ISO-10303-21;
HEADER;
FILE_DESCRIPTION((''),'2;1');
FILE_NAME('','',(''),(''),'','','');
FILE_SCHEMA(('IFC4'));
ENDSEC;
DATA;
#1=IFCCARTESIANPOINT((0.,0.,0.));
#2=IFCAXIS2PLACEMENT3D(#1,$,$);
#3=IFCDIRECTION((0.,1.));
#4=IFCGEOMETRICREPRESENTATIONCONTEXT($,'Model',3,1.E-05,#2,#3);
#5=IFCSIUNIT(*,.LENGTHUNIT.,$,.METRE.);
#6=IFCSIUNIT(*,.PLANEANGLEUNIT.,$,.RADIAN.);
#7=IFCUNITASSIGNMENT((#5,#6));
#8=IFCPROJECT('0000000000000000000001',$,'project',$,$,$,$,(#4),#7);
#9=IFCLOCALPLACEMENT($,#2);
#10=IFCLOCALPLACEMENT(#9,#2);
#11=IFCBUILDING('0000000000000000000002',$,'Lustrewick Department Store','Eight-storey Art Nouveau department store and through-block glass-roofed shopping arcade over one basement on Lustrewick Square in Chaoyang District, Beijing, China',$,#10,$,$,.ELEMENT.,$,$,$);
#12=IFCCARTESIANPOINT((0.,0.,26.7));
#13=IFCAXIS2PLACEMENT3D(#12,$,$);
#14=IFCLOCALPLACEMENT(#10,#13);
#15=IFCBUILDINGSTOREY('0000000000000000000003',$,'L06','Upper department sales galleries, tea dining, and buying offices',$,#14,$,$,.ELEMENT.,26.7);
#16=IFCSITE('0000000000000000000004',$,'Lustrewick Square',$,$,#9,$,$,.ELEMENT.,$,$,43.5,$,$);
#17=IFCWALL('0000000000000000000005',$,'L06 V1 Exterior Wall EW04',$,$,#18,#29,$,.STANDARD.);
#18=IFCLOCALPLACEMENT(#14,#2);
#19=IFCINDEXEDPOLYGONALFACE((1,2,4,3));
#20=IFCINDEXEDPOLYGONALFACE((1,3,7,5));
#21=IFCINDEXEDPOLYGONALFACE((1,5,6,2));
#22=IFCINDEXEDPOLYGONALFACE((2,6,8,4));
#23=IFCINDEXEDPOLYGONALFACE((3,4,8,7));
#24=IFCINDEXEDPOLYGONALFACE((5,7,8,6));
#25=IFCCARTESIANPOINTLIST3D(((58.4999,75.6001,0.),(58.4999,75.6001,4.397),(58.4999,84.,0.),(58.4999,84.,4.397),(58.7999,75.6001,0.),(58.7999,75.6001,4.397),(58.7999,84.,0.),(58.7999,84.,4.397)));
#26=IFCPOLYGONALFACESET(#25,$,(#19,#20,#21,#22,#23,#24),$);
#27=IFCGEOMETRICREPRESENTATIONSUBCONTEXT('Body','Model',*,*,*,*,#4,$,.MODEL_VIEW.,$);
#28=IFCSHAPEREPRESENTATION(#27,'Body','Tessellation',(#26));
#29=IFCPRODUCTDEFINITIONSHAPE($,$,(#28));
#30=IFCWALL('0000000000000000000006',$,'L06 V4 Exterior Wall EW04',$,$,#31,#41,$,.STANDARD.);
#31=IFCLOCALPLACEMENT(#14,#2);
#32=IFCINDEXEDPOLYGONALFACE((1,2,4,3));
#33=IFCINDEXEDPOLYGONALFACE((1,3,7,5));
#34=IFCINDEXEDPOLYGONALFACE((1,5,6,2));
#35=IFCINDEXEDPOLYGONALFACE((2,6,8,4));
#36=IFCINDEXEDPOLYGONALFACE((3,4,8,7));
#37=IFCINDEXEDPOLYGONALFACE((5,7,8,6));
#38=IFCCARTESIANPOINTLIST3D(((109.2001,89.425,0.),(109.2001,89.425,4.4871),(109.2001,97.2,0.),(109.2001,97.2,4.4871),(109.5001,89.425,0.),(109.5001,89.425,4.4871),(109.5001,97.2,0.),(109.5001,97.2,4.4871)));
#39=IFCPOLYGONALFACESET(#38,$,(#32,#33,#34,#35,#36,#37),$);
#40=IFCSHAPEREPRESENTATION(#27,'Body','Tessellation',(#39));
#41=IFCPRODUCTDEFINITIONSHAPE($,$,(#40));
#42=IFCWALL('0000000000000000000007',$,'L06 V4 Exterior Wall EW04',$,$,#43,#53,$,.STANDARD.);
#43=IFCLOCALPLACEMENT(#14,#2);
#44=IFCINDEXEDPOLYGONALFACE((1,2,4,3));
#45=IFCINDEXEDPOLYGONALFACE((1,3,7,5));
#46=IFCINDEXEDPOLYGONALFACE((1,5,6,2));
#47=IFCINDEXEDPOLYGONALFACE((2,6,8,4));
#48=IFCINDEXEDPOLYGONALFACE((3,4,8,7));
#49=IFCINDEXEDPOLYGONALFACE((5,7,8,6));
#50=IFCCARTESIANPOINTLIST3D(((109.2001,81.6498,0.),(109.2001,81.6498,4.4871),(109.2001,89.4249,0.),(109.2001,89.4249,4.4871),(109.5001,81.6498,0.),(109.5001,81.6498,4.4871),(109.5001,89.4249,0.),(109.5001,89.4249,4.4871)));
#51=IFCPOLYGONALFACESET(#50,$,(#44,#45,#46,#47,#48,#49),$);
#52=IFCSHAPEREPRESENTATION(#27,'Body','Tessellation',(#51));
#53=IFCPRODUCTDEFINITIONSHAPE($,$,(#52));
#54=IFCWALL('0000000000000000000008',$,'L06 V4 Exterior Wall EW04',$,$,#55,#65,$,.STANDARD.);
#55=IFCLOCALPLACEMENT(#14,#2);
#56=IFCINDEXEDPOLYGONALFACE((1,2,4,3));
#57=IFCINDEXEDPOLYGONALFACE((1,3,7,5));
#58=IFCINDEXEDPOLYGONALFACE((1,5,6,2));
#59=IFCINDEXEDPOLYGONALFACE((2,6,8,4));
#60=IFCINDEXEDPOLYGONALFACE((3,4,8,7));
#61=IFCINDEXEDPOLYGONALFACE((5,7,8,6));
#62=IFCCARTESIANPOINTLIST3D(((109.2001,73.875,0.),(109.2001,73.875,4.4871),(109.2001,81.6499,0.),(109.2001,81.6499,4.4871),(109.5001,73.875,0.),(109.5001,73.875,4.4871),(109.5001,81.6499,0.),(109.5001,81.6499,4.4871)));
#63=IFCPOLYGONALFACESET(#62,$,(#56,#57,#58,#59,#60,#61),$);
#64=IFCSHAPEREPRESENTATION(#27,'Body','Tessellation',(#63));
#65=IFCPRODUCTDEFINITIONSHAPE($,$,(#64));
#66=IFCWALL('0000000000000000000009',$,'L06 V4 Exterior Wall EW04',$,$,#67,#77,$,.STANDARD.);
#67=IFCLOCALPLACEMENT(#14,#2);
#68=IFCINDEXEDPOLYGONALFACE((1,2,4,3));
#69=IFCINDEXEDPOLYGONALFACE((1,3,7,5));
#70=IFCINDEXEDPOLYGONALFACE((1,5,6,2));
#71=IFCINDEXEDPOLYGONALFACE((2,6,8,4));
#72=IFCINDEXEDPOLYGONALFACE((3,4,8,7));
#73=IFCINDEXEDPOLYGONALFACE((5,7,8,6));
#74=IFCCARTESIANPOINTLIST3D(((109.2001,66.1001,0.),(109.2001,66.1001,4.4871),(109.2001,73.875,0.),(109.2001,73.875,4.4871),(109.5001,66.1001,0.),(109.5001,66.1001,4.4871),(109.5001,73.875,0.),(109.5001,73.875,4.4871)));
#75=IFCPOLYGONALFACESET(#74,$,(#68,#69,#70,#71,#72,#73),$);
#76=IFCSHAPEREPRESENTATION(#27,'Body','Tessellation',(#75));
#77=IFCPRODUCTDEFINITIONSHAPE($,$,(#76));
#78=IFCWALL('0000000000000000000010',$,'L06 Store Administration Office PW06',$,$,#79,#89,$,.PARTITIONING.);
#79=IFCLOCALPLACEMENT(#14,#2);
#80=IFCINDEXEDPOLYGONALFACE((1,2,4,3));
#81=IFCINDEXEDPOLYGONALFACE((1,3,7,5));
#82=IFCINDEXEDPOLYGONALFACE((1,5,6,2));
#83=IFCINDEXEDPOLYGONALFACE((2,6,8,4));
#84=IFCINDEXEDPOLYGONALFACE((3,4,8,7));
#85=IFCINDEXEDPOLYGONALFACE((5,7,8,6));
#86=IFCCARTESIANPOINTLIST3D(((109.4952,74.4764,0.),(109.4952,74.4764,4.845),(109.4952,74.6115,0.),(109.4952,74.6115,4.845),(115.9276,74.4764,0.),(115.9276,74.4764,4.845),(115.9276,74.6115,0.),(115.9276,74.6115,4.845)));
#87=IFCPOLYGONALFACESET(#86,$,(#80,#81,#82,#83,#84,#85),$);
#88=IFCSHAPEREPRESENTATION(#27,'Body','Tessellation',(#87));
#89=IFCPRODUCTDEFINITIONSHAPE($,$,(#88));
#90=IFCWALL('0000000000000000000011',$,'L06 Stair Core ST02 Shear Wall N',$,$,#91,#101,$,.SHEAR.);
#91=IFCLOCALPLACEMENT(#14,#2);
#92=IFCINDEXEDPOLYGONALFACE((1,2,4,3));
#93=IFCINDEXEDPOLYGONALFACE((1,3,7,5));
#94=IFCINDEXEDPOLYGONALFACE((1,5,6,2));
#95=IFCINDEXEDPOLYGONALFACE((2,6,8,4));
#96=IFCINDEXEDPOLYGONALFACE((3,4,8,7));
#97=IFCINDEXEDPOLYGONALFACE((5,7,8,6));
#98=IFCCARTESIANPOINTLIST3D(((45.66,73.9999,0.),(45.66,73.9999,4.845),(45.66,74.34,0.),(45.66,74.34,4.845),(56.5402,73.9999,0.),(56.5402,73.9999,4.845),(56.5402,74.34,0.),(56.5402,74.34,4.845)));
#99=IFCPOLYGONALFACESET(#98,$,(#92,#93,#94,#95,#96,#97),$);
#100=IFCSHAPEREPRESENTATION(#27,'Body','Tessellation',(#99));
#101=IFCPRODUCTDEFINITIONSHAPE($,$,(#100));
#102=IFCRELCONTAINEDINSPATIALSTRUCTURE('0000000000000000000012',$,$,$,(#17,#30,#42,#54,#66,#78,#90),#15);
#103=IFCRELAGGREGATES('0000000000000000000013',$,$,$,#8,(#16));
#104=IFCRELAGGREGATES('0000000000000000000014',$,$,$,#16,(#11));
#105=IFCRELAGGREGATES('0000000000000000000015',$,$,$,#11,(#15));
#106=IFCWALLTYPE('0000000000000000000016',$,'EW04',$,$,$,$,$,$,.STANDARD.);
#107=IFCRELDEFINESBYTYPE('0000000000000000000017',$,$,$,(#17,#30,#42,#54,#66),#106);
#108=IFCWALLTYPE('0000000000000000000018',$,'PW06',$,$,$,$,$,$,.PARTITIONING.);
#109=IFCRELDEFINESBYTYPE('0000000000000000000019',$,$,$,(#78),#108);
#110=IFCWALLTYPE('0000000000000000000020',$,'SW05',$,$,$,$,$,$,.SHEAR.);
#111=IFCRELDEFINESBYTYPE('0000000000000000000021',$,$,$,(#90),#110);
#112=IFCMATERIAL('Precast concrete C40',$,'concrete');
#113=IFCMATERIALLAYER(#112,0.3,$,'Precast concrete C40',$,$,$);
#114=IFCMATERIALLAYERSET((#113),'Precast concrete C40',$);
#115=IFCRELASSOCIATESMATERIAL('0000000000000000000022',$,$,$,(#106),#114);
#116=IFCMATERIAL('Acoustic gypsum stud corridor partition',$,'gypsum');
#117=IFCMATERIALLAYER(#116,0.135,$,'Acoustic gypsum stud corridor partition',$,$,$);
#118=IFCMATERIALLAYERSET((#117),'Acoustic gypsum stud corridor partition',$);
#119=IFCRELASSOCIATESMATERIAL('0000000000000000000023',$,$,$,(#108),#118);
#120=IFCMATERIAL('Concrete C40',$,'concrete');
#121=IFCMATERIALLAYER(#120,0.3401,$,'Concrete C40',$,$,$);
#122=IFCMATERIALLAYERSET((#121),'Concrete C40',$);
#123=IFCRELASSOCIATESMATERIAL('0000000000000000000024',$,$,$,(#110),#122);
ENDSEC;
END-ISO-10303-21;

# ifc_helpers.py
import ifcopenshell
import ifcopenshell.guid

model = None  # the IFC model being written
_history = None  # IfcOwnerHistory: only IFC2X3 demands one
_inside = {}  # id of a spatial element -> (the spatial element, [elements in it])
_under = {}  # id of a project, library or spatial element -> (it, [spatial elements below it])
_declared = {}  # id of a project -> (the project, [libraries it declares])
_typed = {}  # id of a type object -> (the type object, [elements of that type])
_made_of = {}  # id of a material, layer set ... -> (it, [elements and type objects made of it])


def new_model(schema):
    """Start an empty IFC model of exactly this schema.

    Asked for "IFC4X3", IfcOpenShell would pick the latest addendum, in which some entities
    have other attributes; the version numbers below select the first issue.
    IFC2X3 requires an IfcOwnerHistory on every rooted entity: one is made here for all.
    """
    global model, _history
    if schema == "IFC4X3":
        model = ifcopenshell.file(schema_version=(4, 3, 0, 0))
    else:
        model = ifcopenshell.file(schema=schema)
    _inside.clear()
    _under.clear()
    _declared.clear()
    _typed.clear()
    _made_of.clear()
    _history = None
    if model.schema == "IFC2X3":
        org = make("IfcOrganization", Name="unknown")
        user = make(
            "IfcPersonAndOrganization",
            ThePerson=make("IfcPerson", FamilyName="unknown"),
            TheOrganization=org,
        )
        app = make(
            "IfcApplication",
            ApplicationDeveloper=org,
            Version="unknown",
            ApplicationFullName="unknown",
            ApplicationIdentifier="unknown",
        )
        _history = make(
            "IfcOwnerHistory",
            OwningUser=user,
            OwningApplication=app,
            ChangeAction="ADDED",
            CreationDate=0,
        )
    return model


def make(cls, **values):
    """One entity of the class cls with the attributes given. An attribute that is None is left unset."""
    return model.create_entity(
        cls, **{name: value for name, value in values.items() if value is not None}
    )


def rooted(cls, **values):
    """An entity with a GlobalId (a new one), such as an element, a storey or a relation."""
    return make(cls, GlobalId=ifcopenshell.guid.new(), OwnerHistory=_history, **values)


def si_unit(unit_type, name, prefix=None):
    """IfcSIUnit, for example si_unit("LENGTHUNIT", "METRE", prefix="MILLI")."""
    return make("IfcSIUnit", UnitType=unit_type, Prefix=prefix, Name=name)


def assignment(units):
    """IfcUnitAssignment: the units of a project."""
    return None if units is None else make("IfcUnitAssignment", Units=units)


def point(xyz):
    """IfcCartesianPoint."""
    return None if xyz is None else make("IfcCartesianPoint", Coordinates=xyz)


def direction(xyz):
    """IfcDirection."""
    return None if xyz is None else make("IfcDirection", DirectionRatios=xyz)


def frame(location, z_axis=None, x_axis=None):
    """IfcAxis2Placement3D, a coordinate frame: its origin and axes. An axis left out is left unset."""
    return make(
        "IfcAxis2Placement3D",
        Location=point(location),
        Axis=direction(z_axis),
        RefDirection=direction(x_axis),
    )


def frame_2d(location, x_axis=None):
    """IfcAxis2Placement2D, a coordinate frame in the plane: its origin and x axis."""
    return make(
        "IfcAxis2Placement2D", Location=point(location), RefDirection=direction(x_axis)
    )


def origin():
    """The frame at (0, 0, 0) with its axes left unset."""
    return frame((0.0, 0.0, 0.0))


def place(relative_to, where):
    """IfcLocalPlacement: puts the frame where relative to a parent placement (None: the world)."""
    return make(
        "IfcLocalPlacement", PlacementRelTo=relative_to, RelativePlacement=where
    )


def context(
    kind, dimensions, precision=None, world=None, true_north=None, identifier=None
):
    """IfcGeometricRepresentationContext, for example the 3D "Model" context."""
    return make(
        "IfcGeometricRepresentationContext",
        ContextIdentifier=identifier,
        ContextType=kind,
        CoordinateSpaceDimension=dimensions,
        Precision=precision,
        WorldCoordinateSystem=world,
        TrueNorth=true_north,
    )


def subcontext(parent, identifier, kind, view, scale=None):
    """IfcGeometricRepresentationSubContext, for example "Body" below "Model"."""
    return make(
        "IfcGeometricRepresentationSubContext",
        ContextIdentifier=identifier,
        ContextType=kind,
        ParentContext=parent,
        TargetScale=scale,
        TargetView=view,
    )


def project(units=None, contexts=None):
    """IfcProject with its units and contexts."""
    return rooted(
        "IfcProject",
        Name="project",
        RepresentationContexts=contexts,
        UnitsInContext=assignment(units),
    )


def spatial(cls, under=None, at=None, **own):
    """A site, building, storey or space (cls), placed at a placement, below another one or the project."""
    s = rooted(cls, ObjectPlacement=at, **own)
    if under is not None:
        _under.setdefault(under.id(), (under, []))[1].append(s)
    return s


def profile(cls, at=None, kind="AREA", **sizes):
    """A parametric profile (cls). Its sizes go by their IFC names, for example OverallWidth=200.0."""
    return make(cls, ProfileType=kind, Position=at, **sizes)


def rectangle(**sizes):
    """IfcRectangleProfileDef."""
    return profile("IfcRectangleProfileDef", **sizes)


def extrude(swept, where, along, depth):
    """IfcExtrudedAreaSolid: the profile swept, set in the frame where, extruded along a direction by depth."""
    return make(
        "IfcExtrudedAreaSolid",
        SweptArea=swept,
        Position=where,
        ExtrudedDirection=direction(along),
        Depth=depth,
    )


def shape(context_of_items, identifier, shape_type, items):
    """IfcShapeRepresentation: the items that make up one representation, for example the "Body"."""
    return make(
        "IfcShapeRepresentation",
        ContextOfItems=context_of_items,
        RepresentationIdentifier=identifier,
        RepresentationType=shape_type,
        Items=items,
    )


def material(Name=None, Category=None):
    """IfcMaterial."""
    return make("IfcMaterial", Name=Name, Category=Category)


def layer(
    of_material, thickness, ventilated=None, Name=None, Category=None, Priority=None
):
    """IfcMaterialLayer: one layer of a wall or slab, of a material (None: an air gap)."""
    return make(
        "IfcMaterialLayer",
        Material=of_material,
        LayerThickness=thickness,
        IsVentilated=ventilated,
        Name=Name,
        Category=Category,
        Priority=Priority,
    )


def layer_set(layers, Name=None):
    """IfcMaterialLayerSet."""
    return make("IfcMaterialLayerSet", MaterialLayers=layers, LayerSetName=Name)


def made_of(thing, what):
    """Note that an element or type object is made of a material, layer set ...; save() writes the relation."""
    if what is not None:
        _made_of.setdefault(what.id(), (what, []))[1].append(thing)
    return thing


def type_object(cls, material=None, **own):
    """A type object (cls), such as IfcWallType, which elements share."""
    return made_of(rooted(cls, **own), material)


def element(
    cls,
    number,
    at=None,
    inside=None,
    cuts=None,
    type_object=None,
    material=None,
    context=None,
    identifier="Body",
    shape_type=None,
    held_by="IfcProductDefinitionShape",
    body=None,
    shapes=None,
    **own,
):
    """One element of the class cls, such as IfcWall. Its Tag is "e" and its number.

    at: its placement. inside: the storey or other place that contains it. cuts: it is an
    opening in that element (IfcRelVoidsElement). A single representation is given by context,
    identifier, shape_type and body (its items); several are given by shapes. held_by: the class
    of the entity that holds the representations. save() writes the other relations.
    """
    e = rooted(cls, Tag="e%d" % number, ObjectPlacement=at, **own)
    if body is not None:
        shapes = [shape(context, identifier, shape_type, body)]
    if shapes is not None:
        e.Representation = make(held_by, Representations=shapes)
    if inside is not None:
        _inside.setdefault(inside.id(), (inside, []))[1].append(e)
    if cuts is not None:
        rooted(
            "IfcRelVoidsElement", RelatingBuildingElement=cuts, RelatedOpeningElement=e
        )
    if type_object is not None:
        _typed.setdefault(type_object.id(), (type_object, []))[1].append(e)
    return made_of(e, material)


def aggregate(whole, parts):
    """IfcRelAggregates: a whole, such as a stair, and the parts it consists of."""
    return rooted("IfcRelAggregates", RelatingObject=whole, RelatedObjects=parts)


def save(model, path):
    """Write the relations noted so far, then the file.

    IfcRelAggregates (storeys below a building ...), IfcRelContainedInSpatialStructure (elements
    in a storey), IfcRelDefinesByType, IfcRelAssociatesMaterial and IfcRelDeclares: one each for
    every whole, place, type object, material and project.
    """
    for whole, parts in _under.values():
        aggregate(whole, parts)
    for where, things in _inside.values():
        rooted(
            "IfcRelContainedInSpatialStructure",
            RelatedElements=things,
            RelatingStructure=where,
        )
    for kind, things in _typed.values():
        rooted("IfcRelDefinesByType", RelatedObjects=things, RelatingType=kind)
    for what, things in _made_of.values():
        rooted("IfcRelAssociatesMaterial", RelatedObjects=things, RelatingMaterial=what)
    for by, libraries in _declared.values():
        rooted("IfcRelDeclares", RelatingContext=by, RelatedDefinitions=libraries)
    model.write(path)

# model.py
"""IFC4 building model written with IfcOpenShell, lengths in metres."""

from ifc_helpers import new_model, si_unit, direction, frame, frame_2d, origin, place, context, subcontext, project, spatial, rectangle, extrude, material, layer, layer_set, type_object, element, save


model = new_model("IFC4")

# Units and contexts
model_context = context("Model", 3, precision=1e-05, world=origin(), true_north=direction((0.0, 1.0)))
body_context = subcontext(model_context, "Body", "Model", "MODEL_VIEW")
ifc_project = project(units=[si_unit("LENGTHUNIT", "METRE"), si_unit("PLANEANGLEUNIT", "RADIAN")], contexts=[model_context])

# Site, building, storey
site_placement = place(None, origin())
site = spatial("IfcSite", under=ifc_project, at=site_placement, Name="Lustrewick Square", CompositionType="ELEMENT", RefElevation=43.5)
building_placement = place(site_placement, origin())
building = spatial("IfcBuilding", under=site, at=building_placement, Name="Lustrewick Department Store", Description="Eight-storey Art Nouveau department store and through-block glass-roofed shopping arcade over one basement on Lustrewick Square in Chaoyang District, Beijing, China", CompositionType="ELEMENT")
storey_placement = place(building_placement, frame((0.0, 0.0, 26.7)))
storey = spatial("IfcBuildingStorey", under=building, at=storey_placement, Name="L06", Description="Upper department sales galleries, tea dining, and buying offices", CompositionType="ELEMENT", Elevation=26.7)

# Shared definitions
ifc_material_1 = material(Name="Precast concrete C40", Category="concrete")

# Walls
ifc_layer_1 = layer(ifc_material_1, 0.3, Name="Precast concrete C40")
ifc_layer_set_1 = layer_set([ifc_layer_1], Name="Precast concrete C40")
wall_type_1 = type_object("IfcWallType", Name="EW04", PredefinedType="STANDARD", material=ifc_layer_set_1)
wall_1_placement = place(storey_placement, frame((58.6499, 75.6001, 0.0), z_axis=(0.0, 0.0, 1.0), x_axis=(0.0, 1.0, 0.0)))
element("IfcWall", 1, at=wall_1_placement, inside=storey, type_object=wall_type_1, Name="L06 V1 Exterior Wall EW04", PredefinedType="STANDARD", context=body_context, shape_type="SweptSolid", body=[
    extrude(rectangle(XDim=8.3999, YDim=0.3, at=frame_2d((4.2, 0.0))), origin(), (0.0, 0.0, 1.0), 4.397),
])
wall_2_placement = place(storey_placement, frame((109.3501, 97.2, 0.0), z_axis=(0.0, 0.0, 1.0), x_axis=(0.0, -1.0, 0.0)))
element("IfcWall", 2, at=wall_2_placement, inside=storey, type_object=wall_type_1, Name="L06 V4 Exterior Wall EW04", PredefinedType="STANDARD", context=body_context, shape_type="SweptSolid", body=[
    extrude(rectangle(XDim=7.7749, YDim=0.3, at=frame_2d((3.8875, 0.0))), origin(), (0.0, 0.0, 1.0), 4.4871),
])
wall_3_placement = place(storey_placement, frame((109.3501, 89.425, 0.0), z_axis=(0.0, 0.0, 1.0), x_axis=(0.0, -1.0, 0.0)))
element("IfcWall", 3, at=wall_3_placement, inside=storey, type_object=wall_type_1, Name="L06 V4 Exterior Wall EW04", PredefinedType="STANDARD", context=body_context, shape_type="SweptSolid", body=[
    extrude(rectangle(XDim=7.7751, YDim=0.3, at=frame_2d((3.8877, 0.0))), origin(), (0.0, 0.0, 1.0), 4.4871),
])
for number, where, z_axis, x_axis, name in (
    (4, (109.3501, 81.6499, 0.0), (0.0, 0.0, 1.0), (0.0, -1.0, 0.0), "L06 V4 Exterior Wall EW04"),
    (5, (109.3501, 73.875, 0.0), (0.0, 0.0, 1.0), (0.0, -1.0, 0.0), "L06 V4 Exterior Wall EW04"),
):
    element("IfcWall", number, at=place(storey_placement, frame(where, z_axis=z_axis, x_axis=x_axis)), inside=storey, type_object=wall_type_1, Name=name, PredefinedType="STANDARD", context=body_context, shape_type="SweptSolid", body=[
        extrude(rectangle(XDim=7.7749, YDim=0.3, at=frame_2d((3.8875, 0.0))), origin(), (0.0, 0.0, 1.0), 4.4871),
    ])
ifc_material_2 = material(Name="Acoustic gypsum stud corridor partition", Category="gypsum")
ifc_layer_2 = layer(ifc_material_2, 0.135, Name="Acoustic gypsum stud corridor partition")
ifc_layer_set_2 = layer_set([ifc_layer_2], Name="Acoustic gypsum stud corridor partition")
wall_type_2 = type_object("IfcWallType", Name="PW06", PredefinedType="PARTITIONING", material=ifc_layer_set_2)
wall_4_placement = place(storey_placement, frame((109.4951, 74.5439, 0.0), z_axis=(0.0, 0.0, 1.0), x_axis=(1.0, 0.0, 0.0)))
element("IfcWall", 6, at=wall_4_placement, inside=storey, type_object=wall_type_2, Name="L06 Store Administration Office PW06", PredefinedType="PARTITIONING", context=body_context, shape_type="SweptSolid", body=[
    extrude(rectangle(XDim=6.4324, YDim=0.135, at=frame_2d((3.2163, 0.0))), origin(), (0.0, 0.0, 1.0), 4.845),
])

# Shared definitions
ifc_material_3 = material(Name="Concrete C40", Category="concrete")
ifc_layer_3 = layer(ifc_material_3, 0.3401, Name="Concrete C40")
ifc_layer_set_3 = layer_set([ifc_layer_3], Name="Concrete C40")
wall_type_3 = type_object("IfcWallType", Name="SW05", PredefinedType="SHEAR", material=ifc_layer_set_3)

# Wall
wall_5_placement = place(storey_placement, frame((56.54, 74.1699, 0.0), z_axis=(0.0, 0.0, 1.0), x_axis=(-1.0, 0.0, 0.0)))
element("IfcWall", 7, at=wall_5_placement, inside=storey, type_object=wall_type_3, Name="L06 Stair Core ST02 Shear Wall N", PredefinedType="SHEAR", context=body_context, shape_type="SweptSolid", body=[
    extrude(rectangle(XDim=10.8801, YDim=0.3401, at=frame_2d((5.4399, 0.0))), origin(), (0.0, 0.0, 1.0), 4.845),
])

save(model, "model.ifc")
